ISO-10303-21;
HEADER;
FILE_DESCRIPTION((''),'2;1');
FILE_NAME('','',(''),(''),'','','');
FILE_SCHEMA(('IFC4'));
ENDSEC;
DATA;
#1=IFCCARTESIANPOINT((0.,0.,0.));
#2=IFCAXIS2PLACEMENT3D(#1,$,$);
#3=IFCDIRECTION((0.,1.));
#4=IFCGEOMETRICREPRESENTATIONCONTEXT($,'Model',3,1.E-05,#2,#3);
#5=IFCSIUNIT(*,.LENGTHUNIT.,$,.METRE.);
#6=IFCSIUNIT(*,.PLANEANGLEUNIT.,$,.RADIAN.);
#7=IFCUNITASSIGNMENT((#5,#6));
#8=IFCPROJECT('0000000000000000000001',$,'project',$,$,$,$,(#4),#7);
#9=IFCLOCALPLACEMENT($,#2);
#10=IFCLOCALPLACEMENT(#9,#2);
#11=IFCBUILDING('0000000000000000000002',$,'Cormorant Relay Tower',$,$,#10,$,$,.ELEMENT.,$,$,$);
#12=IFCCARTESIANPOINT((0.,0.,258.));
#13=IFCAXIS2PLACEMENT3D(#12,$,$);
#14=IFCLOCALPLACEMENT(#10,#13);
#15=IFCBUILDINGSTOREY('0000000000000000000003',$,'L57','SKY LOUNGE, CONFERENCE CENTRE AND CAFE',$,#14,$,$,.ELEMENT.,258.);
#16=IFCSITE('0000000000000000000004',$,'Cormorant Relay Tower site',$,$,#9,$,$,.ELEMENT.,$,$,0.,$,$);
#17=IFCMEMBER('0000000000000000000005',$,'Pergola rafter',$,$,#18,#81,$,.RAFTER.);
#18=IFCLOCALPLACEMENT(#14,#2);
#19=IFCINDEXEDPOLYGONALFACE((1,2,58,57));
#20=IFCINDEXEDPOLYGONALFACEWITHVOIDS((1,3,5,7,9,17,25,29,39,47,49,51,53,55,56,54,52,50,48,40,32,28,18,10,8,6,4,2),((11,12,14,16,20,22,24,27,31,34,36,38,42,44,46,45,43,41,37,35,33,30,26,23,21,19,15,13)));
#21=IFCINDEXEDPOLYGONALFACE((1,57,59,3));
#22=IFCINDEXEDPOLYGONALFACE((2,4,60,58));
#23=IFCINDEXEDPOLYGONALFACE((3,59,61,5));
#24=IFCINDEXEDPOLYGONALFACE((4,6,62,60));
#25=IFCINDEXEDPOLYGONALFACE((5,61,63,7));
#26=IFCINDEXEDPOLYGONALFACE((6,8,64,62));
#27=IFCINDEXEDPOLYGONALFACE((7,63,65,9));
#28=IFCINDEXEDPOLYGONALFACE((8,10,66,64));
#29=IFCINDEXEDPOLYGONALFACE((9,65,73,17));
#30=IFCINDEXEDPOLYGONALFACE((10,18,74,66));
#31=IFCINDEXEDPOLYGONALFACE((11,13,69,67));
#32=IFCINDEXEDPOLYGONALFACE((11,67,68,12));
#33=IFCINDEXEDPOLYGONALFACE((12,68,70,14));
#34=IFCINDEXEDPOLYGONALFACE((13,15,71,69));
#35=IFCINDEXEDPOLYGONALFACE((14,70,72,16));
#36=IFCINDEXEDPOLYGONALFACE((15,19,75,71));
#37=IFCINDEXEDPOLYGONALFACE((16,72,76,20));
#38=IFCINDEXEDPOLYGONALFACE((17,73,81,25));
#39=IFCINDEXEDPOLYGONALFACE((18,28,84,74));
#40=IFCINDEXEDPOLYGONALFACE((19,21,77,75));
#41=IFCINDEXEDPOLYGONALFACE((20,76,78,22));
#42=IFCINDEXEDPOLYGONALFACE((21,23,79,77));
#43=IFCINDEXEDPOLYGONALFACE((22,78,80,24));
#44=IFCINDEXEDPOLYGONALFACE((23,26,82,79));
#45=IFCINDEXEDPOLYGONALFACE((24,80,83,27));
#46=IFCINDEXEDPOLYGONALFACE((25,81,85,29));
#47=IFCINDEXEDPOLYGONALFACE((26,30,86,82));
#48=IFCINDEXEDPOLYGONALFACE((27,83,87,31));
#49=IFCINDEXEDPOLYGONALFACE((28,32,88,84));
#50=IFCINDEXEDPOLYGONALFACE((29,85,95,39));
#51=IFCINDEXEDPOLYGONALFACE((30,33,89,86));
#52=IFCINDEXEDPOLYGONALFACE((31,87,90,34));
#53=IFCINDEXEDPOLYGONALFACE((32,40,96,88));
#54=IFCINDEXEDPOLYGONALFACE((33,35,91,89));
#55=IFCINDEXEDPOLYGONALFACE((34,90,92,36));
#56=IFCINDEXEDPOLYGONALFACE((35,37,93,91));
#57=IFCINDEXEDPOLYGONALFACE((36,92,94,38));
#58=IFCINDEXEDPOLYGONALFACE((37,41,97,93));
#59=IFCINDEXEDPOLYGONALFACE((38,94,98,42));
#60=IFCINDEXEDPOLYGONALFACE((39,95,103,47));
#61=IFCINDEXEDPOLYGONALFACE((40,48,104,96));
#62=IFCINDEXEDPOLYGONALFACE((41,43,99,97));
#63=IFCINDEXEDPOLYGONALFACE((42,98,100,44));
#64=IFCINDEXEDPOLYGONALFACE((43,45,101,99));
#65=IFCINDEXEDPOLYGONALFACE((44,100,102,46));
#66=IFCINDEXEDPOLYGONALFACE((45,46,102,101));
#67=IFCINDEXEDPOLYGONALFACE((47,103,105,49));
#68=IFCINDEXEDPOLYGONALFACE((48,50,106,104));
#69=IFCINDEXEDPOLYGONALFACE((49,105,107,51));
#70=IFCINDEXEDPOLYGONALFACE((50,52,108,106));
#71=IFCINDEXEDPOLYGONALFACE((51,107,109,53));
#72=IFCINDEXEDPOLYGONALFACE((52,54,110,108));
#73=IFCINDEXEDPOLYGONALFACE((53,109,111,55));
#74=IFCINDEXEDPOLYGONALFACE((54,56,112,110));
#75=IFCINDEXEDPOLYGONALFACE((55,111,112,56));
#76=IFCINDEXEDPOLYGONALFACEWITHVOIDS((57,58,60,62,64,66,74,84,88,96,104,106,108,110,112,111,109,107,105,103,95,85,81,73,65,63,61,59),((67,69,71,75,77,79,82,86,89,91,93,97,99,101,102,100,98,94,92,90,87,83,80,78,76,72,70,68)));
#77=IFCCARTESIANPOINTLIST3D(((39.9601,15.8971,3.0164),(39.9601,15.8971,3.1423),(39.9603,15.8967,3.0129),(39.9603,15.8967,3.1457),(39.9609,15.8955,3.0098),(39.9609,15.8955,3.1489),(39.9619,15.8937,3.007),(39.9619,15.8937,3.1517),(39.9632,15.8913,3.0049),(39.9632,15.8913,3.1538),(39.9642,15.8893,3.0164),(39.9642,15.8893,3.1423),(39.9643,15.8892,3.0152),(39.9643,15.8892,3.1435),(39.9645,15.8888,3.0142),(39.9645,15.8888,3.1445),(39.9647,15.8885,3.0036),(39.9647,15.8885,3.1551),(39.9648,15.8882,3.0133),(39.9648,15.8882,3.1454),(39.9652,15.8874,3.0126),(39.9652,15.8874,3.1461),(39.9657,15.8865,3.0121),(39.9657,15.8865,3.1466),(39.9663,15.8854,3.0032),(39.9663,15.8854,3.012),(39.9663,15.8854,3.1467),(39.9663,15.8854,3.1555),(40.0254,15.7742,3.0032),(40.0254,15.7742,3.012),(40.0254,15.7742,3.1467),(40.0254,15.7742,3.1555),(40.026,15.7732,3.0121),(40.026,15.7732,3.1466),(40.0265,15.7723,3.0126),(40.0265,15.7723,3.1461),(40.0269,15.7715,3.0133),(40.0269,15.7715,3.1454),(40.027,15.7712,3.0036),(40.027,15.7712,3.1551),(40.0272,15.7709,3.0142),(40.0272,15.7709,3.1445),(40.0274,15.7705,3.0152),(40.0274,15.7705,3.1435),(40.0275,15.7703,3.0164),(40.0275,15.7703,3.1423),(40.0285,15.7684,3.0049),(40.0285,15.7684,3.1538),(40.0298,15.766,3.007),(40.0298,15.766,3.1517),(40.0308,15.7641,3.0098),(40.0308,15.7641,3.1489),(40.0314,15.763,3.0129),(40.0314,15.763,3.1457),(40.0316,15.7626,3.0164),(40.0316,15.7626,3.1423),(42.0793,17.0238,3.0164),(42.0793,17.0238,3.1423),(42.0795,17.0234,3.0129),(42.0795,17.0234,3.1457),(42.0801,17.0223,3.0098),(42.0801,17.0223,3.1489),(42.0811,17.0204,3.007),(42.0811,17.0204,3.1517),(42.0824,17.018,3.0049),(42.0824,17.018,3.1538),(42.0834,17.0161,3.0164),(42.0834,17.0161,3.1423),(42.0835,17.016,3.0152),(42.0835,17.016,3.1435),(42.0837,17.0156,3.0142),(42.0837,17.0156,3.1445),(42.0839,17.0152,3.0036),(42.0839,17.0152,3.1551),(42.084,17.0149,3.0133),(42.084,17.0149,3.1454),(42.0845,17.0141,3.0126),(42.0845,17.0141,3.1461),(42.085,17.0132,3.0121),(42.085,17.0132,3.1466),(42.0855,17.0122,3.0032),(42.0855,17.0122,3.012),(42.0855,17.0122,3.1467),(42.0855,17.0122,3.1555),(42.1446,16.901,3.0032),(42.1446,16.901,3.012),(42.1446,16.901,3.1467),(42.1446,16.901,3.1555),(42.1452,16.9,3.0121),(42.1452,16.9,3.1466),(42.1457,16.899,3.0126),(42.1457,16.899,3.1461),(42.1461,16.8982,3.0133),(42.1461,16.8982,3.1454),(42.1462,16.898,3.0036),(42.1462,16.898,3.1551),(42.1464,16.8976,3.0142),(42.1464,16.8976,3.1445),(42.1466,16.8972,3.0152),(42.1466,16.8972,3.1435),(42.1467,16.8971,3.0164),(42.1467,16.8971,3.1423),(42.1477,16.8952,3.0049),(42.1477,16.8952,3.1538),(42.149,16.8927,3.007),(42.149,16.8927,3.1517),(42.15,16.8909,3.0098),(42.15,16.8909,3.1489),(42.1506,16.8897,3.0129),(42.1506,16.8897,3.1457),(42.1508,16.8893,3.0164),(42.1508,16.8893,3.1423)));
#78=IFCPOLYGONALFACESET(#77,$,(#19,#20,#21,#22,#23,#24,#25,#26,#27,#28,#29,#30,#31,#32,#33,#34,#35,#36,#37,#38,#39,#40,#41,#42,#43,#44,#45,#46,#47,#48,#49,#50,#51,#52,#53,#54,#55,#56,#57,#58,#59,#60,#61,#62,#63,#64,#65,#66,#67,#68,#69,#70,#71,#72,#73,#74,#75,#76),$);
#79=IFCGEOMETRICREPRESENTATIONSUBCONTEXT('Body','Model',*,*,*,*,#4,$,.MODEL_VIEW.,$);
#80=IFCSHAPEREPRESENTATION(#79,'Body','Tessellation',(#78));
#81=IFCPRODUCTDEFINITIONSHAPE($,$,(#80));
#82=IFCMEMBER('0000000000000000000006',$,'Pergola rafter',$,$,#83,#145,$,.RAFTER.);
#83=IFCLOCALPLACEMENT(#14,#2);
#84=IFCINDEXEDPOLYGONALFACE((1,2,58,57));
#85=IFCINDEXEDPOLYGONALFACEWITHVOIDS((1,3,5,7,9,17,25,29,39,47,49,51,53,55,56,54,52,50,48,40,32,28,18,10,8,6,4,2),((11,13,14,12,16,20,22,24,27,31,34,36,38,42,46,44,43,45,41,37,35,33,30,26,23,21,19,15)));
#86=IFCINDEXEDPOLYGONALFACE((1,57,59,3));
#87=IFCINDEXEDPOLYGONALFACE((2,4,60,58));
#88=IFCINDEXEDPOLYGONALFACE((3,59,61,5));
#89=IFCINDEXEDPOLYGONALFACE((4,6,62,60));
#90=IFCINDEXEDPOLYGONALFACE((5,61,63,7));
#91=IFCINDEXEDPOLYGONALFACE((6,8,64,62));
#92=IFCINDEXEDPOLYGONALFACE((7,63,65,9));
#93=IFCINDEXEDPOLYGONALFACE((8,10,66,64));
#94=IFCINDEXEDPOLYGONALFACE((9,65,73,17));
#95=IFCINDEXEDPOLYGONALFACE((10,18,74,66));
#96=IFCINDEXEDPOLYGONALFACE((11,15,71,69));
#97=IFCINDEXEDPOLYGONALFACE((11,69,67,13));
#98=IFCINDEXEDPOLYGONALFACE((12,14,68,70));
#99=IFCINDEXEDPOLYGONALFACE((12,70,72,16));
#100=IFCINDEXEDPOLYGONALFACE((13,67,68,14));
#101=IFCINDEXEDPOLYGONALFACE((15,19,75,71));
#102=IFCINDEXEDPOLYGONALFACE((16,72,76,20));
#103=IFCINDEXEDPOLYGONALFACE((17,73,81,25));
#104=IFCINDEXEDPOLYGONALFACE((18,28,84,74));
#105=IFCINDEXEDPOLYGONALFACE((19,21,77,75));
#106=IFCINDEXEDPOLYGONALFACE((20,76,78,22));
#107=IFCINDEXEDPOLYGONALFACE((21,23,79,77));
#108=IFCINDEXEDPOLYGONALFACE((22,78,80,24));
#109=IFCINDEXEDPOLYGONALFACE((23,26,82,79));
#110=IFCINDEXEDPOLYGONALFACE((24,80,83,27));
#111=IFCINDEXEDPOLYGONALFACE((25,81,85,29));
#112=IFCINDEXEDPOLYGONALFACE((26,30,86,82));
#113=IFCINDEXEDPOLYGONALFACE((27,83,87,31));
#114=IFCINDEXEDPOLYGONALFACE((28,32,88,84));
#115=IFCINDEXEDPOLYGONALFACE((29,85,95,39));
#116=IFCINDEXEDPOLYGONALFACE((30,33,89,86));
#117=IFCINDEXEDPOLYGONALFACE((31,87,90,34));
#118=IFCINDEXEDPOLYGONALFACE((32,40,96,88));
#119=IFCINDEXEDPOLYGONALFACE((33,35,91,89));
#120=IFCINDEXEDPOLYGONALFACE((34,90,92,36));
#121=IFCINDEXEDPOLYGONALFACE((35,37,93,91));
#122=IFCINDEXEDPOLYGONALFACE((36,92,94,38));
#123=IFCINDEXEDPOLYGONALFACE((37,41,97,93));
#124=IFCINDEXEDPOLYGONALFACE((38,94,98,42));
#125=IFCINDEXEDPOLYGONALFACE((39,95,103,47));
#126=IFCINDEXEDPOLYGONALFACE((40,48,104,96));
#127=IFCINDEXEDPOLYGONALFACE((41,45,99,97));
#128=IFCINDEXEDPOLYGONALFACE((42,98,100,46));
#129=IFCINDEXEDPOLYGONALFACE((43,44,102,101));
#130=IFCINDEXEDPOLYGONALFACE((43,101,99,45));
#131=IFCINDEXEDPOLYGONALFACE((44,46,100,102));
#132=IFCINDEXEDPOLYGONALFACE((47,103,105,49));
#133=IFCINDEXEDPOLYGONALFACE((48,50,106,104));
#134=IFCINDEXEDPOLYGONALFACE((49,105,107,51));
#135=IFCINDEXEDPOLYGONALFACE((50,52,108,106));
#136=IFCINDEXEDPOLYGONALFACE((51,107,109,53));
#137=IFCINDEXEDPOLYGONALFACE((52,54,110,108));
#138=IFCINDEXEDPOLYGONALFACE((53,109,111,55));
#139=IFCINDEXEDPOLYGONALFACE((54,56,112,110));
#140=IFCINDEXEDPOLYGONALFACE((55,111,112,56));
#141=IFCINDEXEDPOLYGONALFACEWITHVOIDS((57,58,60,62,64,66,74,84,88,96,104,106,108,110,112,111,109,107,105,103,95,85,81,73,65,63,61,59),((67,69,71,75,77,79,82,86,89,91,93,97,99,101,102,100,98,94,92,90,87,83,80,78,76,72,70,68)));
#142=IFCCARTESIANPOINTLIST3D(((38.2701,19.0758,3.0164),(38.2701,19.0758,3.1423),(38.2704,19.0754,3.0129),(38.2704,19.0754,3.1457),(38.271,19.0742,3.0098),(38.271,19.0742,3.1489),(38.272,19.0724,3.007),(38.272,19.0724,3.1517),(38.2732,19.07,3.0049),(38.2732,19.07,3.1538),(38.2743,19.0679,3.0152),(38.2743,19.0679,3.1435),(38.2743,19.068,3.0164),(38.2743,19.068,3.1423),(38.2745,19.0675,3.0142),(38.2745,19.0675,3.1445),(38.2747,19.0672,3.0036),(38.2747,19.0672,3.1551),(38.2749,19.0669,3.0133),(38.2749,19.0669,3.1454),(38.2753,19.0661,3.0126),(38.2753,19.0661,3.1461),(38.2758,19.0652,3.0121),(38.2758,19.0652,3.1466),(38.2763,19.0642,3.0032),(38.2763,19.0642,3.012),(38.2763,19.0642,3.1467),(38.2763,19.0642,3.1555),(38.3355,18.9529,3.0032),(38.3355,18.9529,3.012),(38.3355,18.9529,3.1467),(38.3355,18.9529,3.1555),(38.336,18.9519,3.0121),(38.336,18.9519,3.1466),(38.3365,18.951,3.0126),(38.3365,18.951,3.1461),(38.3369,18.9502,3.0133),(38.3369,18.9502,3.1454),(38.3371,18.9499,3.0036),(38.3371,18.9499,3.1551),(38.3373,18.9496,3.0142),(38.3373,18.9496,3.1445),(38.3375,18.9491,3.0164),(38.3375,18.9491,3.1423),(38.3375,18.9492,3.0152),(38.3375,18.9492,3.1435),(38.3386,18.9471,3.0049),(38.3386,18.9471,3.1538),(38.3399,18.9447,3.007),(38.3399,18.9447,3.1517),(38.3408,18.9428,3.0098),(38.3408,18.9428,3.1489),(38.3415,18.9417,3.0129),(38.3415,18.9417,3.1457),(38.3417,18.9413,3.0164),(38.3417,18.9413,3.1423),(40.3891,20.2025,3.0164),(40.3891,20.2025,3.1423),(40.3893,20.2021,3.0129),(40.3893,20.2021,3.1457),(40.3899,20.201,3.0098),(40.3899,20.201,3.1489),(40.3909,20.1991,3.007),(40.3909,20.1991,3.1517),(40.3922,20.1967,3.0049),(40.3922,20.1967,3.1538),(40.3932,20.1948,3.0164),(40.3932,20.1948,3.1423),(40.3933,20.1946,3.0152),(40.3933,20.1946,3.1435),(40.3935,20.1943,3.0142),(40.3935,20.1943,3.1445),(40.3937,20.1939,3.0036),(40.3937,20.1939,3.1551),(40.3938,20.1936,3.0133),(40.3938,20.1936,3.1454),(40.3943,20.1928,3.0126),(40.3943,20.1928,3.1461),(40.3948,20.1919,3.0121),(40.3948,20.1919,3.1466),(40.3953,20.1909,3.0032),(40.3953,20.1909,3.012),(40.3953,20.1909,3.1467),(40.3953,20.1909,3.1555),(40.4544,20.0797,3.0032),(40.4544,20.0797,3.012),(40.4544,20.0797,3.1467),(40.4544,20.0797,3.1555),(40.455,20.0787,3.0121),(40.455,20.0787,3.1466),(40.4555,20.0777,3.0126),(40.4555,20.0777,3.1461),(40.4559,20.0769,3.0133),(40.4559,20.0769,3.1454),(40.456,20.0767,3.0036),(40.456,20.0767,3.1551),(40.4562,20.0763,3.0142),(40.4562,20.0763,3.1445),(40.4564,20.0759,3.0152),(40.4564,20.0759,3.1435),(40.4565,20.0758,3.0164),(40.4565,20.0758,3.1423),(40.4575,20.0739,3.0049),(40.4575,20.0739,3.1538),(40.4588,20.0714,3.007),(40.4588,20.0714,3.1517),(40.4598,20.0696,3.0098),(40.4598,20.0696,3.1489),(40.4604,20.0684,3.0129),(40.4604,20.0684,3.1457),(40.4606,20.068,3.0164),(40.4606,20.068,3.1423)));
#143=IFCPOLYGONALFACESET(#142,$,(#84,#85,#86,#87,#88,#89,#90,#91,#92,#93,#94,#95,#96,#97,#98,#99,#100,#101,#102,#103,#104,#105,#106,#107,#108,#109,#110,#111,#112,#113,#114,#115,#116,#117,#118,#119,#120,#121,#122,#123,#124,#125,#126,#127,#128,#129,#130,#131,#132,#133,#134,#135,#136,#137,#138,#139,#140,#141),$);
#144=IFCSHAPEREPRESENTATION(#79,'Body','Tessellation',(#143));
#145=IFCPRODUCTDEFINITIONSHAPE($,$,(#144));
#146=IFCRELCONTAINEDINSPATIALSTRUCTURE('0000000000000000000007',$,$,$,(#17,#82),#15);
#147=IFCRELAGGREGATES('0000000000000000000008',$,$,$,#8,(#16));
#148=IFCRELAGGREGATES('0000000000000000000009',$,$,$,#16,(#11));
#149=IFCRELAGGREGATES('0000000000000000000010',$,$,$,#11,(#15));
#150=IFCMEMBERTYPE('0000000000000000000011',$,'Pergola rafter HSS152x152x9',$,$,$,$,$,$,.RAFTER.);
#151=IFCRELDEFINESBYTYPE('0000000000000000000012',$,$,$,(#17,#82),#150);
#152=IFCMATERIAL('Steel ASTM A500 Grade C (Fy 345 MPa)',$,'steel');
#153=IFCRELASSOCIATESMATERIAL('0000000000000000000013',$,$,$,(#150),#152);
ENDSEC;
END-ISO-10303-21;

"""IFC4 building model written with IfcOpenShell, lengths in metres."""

from ifc_helpers import new_model, si_unit, direction, frame, origin, origin_2d, place, context, subcontext, project, spatial, hollow_rectangle, extrude, material, material_profile, profile_set, type_object, element, save


model = new_model("IFC4")

# Units and contexts
model_context = context("Model", 3, precision=1e-05, world=origin(), true_north=direction((0.0, 1.0)))
body_context = subcontext(model_context, "Body", "Model", "MODEL_VIEW")
ifc_project = project(units=[si_unit("LENGTHUNIT", "METRE"), si_unit("PLANEANGLEUNIT", "RADIAN")], contexts=[model_context])

# Site, building, storey
site_placement = place(None, origin())
site = spatial("IfcSite", under=ifc_project, at=site_placement, Name="Cormorant Relay Tower site", CompositionType="ELEMENT", RefElevation=0.0)
building_placement = place(site_placement, origin())
building = spatial("IfcBuilding", under=site, at=building_placement, Name="Cormorant Relay Tower", CompositionType="ELEMENT")
storey_placement = place(building_placement, frame((0.0, 0.0, 258.0)))
storey = spatial("IfcBuildingStorey", under=building, at=storey_placement, Name="L57", Description="SKY LOUNGE, CONFERENCE CENTRE AND CAFE", CompositionType="ELEMENT", Elevation=258.0)

# Members
ifc_material_1 = material(Name="Steel ASTM A500 Grade C (Fy 345 MPa)", Category="steel")
ifc_material_profile_1 = material_profile(ifc_material_1, hollow_rectangle(XDim=0.1523, YDim=0.1523, WallThickness=0.0088, InnerFilletRadius=0.0044, OuterFilletRadius=0.0132, at=origin_2d()), Name="HSS152x152x9")
ifc_profile_set_1 = profile_set([ifc_material_profile_1], Name="Steel ASTM A500 Grade C (Fy 345 MPa)")
member_type_1 = type_object("IfcMemberType", Name="Pergola rafter HSS152x152x9", PredefinedType="RAFTER", material=ifc_profile_set_1)
member_1_placement = place(storey_placement, frame((39.9958, 15.8298, 3.0793), z_axis=(0.882958, 0.469453, 0.0), x_axis=(-0.469453, 0.882958, 0.0)))
element("IfcMember", 1, at=member_1_placement, inside=storey, type_object=member_type_1, Name="Pergola rafter", PredefinedType="RAFTER", context=body_context, shape_type="SweptSolid", body=[
    extrude(hollow_rectangle(XDim=0.1523, YDim=0.1523, WallThickness=0.0088, InnerFilletRadius=0.0044, OuterFilletRadius=0.0132, at=origin_2d()), origin(), (0.0, 0.0, 1.0), 2.4001),
])
member_2_placement = place(storey_placement, frame((38.3059, 19.0085, 3.0793), z_axis=(0.882935, 0.469495, 0.0), x_axis=(-0.469495, 0.882935, 0.0)))
element("IfcMember", 2, at=member_2_placement, inside=storey, type_object=member_type_1, Name="Pergola rafter", PredefinedType="RAFTER", context=body_context, shape_type="SweptSolid", body=[
    extrude(hollow_rectangle(XDim=0.1523, YDim=0.1523, WallThickness=0.0088, InnerFilletRadius=0.0044, OuterFilletRadius=0.0132, at=origin_2d()), origin(), (0.0, 0.0, 1.0), 2.3999),
])

save(model, "model.ifc")
